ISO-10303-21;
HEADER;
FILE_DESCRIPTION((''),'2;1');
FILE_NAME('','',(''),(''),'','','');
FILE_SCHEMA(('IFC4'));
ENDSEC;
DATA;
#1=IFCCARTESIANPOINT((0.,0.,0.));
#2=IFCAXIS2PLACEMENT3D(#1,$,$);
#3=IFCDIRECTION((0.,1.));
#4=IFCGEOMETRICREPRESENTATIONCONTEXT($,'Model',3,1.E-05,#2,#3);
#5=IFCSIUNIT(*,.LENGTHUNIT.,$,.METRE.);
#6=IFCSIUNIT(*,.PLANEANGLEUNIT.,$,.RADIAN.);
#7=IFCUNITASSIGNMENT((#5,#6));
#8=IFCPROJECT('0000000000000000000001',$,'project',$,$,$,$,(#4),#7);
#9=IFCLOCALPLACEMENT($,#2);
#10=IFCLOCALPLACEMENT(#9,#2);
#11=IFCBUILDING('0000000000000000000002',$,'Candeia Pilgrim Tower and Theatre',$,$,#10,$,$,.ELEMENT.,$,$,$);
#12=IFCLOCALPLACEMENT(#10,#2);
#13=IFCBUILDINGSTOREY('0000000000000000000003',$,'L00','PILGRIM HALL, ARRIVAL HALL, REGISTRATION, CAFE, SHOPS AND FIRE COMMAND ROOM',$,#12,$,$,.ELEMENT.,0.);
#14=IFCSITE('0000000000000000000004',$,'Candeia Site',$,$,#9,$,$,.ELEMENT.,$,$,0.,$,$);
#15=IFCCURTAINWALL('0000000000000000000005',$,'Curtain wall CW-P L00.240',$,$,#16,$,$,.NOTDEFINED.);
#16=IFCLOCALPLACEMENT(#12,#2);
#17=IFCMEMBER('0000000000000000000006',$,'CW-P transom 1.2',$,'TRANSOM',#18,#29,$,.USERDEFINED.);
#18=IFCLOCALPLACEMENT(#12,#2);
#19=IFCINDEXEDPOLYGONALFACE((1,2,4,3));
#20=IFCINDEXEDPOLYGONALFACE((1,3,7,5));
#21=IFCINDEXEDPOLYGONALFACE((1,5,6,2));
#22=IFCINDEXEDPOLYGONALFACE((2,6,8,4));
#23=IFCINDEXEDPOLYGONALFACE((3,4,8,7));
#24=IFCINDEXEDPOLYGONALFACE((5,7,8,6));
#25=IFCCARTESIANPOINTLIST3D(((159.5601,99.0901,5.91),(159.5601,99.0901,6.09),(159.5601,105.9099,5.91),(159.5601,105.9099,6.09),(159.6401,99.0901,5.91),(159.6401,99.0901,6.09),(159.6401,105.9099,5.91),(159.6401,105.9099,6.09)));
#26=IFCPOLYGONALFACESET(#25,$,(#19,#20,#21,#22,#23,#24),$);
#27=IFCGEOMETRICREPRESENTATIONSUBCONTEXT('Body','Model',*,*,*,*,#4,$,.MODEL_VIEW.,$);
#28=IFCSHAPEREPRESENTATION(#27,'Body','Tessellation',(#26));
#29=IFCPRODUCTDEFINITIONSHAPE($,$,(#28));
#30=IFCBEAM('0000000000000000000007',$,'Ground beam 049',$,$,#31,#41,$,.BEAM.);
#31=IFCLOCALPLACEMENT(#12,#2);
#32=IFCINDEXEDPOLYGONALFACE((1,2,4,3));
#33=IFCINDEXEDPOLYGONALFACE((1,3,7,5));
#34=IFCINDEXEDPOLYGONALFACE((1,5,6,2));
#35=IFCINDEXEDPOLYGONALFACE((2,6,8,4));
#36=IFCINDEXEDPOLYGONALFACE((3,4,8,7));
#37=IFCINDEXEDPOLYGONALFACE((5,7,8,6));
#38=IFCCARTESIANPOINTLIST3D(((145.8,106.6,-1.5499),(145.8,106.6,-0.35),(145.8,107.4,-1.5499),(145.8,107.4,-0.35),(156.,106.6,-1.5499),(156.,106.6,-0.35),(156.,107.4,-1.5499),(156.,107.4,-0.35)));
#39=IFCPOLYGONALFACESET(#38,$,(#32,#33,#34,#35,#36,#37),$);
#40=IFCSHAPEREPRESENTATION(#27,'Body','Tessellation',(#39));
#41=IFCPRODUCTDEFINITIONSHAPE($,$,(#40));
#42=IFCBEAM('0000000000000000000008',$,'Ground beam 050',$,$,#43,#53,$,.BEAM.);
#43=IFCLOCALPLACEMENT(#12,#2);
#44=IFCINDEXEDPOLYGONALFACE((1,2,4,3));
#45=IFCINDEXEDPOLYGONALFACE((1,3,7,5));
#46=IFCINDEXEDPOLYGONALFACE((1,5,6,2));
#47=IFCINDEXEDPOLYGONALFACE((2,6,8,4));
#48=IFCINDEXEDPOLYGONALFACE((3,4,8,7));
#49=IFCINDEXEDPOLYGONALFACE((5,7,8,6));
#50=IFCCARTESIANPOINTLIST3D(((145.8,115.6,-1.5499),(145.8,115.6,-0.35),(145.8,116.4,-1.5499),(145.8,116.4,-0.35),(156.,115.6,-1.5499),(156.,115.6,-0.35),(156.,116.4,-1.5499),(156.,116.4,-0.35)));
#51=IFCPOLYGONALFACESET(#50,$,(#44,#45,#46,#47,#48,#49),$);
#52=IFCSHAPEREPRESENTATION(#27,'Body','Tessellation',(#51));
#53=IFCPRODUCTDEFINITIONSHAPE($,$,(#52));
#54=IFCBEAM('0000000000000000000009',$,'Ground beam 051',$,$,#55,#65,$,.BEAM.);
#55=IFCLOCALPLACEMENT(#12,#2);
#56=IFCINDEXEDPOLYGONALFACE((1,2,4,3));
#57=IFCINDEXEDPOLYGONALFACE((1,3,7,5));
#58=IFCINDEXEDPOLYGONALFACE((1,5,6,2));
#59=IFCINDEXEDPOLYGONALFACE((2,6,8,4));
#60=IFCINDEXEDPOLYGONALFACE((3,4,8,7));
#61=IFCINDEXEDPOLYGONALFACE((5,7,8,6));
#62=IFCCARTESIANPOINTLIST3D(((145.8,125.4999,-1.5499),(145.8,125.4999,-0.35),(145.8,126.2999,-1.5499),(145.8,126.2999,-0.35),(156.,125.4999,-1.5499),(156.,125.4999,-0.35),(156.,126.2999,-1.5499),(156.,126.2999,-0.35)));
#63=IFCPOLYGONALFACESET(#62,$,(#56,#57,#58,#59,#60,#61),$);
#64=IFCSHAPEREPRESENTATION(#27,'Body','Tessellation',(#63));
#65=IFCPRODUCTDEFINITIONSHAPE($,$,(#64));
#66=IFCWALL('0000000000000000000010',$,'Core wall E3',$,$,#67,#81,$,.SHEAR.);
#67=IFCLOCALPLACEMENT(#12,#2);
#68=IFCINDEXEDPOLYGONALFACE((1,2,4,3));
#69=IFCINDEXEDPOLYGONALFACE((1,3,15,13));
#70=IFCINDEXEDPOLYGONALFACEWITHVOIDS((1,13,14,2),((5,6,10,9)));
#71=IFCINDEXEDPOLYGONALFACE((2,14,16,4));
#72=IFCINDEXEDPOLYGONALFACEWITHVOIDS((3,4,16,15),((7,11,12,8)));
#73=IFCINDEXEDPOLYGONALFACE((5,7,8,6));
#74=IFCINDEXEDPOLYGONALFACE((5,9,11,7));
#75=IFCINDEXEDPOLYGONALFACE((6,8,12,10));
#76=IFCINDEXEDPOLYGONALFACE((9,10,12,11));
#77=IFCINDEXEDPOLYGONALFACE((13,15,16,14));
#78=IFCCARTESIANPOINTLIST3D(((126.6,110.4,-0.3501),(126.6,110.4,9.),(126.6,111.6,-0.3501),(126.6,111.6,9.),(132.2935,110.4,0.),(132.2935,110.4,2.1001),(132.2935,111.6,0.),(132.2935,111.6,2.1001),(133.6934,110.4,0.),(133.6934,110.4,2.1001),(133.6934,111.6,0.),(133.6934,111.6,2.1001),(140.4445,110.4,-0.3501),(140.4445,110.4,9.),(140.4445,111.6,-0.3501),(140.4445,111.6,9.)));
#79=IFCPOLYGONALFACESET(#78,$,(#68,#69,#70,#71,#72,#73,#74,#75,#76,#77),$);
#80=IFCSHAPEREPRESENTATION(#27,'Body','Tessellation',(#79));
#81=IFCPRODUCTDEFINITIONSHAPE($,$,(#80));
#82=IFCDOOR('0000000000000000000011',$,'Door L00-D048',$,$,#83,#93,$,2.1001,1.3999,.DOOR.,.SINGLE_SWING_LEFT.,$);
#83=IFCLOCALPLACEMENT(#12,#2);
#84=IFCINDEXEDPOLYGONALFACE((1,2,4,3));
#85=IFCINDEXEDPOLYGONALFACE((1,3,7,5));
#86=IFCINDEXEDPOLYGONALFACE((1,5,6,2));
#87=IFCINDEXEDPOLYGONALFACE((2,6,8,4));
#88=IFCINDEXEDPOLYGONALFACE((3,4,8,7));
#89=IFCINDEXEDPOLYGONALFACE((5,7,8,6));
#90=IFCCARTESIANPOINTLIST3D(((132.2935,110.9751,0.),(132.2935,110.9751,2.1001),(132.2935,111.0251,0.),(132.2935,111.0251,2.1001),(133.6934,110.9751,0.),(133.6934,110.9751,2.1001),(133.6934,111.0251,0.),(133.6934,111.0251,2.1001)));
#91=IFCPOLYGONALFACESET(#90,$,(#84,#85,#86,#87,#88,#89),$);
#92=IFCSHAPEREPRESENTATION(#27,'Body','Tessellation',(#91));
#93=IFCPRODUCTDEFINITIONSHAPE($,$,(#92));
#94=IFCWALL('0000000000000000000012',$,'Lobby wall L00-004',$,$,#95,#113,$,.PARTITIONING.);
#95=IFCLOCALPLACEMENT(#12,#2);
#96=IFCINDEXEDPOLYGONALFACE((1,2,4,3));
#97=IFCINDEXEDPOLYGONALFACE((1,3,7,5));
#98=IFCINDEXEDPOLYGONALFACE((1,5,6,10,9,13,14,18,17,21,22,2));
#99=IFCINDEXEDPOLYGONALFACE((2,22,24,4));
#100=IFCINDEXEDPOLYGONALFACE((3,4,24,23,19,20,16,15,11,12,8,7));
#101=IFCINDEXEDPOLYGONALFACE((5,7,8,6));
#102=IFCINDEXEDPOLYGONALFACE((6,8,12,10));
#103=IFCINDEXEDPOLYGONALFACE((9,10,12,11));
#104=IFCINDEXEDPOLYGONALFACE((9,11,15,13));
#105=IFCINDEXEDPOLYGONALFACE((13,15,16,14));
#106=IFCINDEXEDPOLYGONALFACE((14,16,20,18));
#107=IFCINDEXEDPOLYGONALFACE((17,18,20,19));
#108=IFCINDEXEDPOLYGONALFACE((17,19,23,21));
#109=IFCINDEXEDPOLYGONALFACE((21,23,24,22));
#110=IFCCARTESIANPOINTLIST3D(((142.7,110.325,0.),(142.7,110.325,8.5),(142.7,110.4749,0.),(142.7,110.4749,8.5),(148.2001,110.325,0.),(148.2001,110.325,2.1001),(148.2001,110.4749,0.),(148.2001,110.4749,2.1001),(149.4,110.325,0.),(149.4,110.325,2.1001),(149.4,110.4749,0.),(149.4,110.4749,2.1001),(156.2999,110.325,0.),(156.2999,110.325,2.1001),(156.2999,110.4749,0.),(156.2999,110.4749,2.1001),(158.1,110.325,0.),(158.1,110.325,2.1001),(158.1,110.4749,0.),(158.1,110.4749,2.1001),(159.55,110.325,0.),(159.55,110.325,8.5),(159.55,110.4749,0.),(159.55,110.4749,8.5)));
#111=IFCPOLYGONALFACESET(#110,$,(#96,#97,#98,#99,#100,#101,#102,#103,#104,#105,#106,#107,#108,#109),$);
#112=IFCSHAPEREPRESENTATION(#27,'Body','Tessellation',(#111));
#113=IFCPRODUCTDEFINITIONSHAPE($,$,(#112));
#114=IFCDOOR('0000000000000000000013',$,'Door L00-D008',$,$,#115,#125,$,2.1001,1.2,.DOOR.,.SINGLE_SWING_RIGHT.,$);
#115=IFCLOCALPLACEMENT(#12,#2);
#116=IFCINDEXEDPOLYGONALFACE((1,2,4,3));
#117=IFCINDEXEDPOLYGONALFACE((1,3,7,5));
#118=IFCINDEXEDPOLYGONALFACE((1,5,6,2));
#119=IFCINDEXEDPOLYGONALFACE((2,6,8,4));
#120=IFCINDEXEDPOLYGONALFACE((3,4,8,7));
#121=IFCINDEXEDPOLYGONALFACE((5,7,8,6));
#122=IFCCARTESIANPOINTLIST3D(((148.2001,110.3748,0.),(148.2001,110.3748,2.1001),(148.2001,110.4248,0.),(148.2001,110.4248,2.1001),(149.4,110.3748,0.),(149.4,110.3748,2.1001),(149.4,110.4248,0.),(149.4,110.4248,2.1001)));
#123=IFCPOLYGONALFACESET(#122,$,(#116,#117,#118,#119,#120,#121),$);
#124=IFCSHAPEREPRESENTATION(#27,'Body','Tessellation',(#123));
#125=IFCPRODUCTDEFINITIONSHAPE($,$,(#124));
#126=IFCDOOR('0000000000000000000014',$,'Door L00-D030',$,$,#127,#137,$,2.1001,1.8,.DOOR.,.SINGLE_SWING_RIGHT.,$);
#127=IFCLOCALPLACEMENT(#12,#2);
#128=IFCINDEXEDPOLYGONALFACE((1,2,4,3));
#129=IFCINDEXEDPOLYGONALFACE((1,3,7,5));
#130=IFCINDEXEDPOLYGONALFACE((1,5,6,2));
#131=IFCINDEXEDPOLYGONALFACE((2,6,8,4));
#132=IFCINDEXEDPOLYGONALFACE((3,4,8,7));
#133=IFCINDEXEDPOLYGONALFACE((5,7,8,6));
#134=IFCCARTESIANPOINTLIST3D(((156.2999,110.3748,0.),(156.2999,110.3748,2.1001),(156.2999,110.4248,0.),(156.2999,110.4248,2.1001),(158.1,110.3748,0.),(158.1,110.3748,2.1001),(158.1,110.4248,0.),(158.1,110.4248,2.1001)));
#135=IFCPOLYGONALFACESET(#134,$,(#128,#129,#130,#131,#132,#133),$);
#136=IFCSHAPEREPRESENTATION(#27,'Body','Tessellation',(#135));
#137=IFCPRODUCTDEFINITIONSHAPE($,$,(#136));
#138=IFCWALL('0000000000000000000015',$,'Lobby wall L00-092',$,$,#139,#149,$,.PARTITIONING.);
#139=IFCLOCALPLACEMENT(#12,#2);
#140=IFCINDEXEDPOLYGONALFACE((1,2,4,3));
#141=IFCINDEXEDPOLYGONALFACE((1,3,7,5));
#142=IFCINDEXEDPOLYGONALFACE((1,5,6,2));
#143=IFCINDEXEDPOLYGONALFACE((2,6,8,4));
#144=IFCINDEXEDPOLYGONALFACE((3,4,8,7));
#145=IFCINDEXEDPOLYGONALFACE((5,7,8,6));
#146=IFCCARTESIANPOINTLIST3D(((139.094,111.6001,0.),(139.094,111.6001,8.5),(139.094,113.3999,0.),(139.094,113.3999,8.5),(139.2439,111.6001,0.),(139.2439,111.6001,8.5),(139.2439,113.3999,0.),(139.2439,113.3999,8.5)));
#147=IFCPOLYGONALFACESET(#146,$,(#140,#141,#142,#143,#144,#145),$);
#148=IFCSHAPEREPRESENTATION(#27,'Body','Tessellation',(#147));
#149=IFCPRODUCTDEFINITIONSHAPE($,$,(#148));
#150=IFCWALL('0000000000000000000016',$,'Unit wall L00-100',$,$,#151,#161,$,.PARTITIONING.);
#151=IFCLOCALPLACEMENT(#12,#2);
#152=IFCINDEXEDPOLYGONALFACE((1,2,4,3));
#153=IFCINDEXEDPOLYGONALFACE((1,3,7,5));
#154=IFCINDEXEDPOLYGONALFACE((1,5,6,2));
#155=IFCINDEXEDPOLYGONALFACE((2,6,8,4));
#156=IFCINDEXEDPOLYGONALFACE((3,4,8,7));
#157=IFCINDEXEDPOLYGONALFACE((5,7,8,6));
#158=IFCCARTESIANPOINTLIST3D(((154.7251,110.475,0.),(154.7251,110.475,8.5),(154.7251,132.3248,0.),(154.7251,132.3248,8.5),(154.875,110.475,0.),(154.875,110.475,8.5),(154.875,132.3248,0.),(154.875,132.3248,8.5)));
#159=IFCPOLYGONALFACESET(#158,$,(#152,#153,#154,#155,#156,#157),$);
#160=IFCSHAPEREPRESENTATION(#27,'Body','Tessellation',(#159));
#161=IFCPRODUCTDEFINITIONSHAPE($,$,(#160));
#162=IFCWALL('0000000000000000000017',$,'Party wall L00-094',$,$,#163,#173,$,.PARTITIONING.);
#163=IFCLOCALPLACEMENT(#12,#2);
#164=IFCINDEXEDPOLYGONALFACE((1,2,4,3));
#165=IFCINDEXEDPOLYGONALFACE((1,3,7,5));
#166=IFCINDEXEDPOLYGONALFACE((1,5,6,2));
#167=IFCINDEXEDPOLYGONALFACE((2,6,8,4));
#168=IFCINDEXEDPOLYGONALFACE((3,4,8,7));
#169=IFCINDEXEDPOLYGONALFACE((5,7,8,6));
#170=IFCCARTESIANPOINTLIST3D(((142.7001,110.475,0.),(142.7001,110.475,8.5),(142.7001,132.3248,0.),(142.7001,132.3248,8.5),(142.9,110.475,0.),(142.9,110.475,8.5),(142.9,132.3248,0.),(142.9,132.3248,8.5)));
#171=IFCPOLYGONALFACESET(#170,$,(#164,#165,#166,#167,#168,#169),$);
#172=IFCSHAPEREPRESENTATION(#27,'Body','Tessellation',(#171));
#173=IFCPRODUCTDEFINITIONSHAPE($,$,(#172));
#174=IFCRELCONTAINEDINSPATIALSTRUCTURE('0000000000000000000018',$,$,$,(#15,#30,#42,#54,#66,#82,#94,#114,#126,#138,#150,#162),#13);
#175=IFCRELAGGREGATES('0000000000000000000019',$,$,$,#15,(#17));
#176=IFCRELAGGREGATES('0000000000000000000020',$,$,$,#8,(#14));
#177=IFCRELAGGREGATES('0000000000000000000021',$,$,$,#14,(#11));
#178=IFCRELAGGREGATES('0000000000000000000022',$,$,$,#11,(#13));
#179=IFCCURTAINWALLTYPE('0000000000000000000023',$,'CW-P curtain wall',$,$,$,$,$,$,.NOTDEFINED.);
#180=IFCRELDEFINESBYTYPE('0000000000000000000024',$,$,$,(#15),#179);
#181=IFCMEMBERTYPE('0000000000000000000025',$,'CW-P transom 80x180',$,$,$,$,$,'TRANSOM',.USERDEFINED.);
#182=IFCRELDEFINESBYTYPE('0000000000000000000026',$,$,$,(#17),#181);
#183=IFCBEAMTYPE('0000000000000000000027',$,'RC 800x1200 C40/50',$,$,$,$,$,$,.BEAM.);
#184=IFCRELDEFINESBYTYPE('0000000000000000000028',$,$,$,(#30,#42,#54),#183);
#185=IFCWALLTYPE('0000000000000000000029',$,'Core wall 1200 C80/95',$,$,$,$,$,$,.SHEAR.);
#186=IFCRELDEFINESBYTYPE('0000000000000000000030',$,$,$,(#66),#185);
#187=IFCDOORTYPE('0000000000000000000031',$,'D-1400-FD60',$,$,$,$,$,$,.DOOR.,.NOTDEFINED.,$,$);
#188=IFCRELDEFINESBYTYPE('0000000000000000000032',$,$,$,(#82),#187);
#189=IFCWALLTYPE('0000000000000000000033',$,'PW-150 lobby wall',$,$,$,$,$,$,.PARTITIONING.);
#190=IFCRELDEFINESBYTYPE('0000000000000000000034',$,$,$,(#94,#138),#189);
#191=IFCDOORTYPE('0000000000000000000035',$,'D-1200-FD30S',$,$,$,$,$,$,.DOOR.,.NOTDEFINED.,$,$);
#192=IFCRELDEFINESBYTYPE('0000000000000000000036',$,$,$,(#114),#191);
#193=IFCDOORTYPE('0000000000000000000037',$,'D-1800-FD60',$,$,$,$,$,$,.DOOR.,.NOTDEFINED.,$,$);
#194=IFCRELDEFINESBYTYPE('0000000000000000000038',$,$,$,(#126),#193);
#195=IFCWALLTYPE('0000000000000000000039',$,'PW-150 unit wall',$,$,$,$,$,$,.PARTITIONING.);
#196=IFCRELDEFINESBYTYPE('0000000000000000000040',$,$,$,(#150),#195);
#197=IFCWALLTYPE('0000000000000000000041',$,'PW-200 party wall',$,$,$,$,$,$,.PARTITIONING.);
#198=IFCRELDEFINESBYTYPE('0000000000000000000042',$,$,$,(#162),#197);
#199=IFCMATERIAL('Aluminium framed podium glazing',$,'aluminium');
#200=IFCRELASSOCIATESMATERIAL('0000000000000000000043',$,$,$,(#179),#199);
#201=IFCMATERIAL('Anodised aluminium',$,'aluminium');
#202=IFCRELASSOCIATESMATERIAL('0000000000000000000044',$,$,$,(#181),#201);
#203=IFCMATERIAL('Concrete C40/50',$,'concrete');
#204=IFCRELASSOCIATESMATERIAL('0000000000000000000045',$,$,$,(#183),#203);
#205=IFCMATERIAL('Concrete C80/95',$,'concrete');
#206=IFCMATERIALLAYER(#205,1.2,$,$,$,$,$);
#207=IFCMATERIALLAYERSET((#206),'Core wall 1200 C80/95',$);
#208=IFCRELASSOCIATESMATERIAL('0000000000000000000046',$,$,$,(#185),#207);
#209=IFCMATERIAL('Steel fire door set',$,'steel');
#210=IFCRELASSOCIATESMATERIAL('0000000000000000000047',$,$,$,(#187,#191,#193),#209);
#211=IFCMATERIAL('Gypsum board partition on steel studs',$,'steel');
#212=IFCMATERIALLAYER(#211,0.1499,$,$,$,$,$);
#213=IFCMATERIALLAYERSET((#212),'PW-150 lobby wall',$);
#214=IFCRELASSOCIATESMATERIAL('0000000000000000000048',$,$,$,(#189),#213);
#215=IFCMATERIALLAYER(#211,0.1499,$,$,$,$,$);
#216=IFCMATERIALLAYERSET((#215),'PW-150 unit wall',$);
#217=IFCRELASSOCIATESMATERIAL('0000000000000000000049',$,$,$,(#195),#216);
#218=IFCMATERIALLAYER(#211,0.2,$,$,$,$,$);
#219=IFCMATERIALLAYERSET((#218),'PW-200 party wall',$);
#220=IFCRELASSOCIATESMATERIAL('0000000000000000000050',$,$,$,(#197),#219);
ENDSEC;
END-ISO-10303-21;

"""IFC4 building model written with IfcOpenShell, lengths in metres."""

from ifc_helpers import new_model, si_unit, direction, frame, frame_2d, origin, origin_2d, place, context, subcontext, project, spatial, rectangle, extrude, material, layer, layer_set, material_profile, profile_set, type_object, element, fill, aggregate, save


model = new_model("IFC4")

# Units and contexts
model_context = context("Model", 3, precision=1e-05, world=origin(), true_north=direction((0.0, 1.0)))
body_context = subcontext(model_context, "Body", "Model", "MODEL_VIEW")
ifc_project = project(units=[si_unit("LENGTHUNIT", "METRE"), si_unit("PLANEANGLEUNIT", "RADIAN")], contexts=[model_context])

# Site, building, storey
site_placement = place(None, origin())
site = spatial("IfcSite", under=ifc_project, at=site_placement, Name="Candeia Site", CompositionType="ELEMENT", RefElevation=0.0)
building_placement = place(site_placement, origin())
building = spatial("IfcBuilding", under=site, at=building_placement, Name="Candeia Pilgrim Tower and Theatre", CompositionType="ELEMENT")
storey_placement = place(building_placement, origin())
storey = spatial("IfcBuildingStorey", under=building, at=storey_placement, Name="L00", Description="PILGRIM HALL, ARRIVAL HALL, REGISTRATION, CAFE, SHOPS AND FIRE COMMAND ROOM", CompositionType="ELEMENT", Elevation=0.0)

# Shared definitions
ifc_material_1 = material(Name="Concrete C40/50", Category="concrete")

# Shared definitions
ifc_material_2 = material(Name="Concrete C80/95", Category="concrete")

# Curtain wall, member
ifc_material_3 = material(Name="Aluminium framed podium glazing", Category="aluminium")
curtain_wall_type = type_object("IfcCurtainWallType", Name="CW-P curtain wall", PredefinedType="NOTDEFINED", material=ifc_material_3)
curtain_wall_placement = place(storey_placement, origin())
curtain_wall = element("IfcCurtainWall", 1, at=curtain_wall_placement, inside=storey, type_object=curtain_wall_type, Name="Curtain wall CW-P L00.240", PredefinedType="NOTDEFINED")
ifc_material_4 = material(Name="Anodised aluminium", Category="aluminium")
ifc_material_profile_1 = material_profile(ifc_material_4, rectangle(XDim=0.0801, YDim=0.1799, at=origin_2d()))
ifc_profile_set_1 = profile_set([ifc_material_profile_1], Name="Anodised aluminium")
member_type_1 = type_object("IfcMemberType", Name="CW-P transom 80x180", ElementType="TRANSOM", PredefinedType="USERDEFINED", material=ifc_profile_set_1)
member_1_placement = place(storey_placement, frame((159.6001, 105.9099, 6.0), z_axis=(0.0, -1.0, 0.0), x_axis=(1.0, 0.0, 0.0)))
member_1 = element("IfcMember", 2, at=member_1_placement, type_object=member_type_1, Name="CW-P transom 1.2", ObjectType="TRANSOM", PredefinedType="USERDEFINED", context=body_context, shape_type="SweptSolid", body=[
    extrude(rectangle(XDim=0.0801, YDim=0.1799, at=origin_2d()), origin(), (0.0, 0.0, 1.0), 6.8198),
])
aggregate(curtain_wall, [member_1])

# Beams
ifc_material_profile_2 = material_profile(ifc_material_1, rectangle(XDim=0.8, YDim=1.2, at=origin_2d()))
ifc_profile_set_2 = profile_set([ifc_material_profile_2], Name="Concrete C40/50")
beam_type = type_object("IfcBeamType", Name="RC 800x1200 C40/50", PredefinedType="BEAM", material=ifc_profile_set_2)
for number, where, z_axis, x_axis, name in (
    (3, (156.0, 107.0, -0.95), (-1.0, 0.0, 0.0), (0.0, -1.0, 0.0), "Ground beam 049"),
    (4, (156.0, 116.0, -0.95), (-1.0, 0.0, 0.0), (0.0, -1.0, 0.0), "Ground beam 050"),
    (5, (156.0, 125.8999, -0.95), (-1.0, 0.0, 0.0), (0.0, -1.0, 0.0), "Ground beam 051"),
):
    element("IfcBeam", number, at=place(storey_placement, frame(where, z_axis=z_axis, x_axis=x_axis)), inside=storey, type_object=beam_type, Name=name, PredefinedType="BEAM", context=body_context, shape_type="SweptSolid", body=[
        extrude(rectangle(XDim=0.8, YDim=1.2, at=origin_2d()), origin(), (0.0, 0.0, 1.0), 10.2),
    ])

# Wall, opening, door
ifc_layer_1 = layer(ifc_material_2, 1.2)
ifc_layer_set_1 = layer_set([ifc_layer_1], Name="Core wall 1200 C80/95")
wall_type_1 = type_object("IfcWallType", Name="Core wall 1200 C80/95", PredefinedType="SHEAR", material=ifc_layer_set_1)
wall_1_placement = place(storey_placement, frame((140.4446, 111.0, -0.3501), z_axis=(0.0, 0.0, 1.0), x_axis=(-1.0, 0.0, 0.0)))
wall_1 = element("IfcWall", 6, at=wall_1_placement, inside=storey, type_object=wall_type_1, Name="Core wall E3", PredefinedType="SHEAR", context=body_context, shape_type="SweptSolid", body=[
    extrude(rectangle(XDim=13.8445, YDim=1.2, at=frame_2d((6.9224, 0.0))), origin(), (0.0, 0.0, 1.0), 9.3501),
])
opening_1_placement = place(wall_1_placement, frame((6.7512, 0.0, 0.3501)))
opening_1 = element("IfcOpeningElement", 7, at=opening_1_placement, cuts=wall_1, PredefinedType="OPENING", context=body_context, shape_type="SweptSolid", body=[
    extrude(rectangle(XDim=1.3999, YDim=2.1001, at=frame_2d((0.7, 1.05))), frame((0.0, 0.6099, 0.0), z_axis=(0.0, -1.0, 0.0), x_axis=(1.0, 0.0, 0.0)), (0.0, 0.0, 1.0), 1.22),
])
ifc_material_5 = material(Name="Steel fire door set", Category="steel")
door_type_1 = type_object("IfcDoorType", Name="D-1400-FD60", OperationType="NOTDEFINED", PredefinedType="DOOR", material=ifc_material_5)
door_1_placement = place(opening_1_placement, origin())
door_1 = element("IfcDoor", 8, at=door_1_placement, inside=storey, type_object=door_type_1, Name="Door L00-D048", OperationType="SINGLE_SWING_LEFT", OverallHeight=2.1001, OverallWidth=1.3999, PredefinedType="DOOR", context=body_context, shape_type="SweptSolid", body=[
    extrude(rectangle(XDim=1.3999, YDim=2.1001, at=frame_2d((0.7, 1.05))), frame((0.0, 0.0249, 0.0), z_axis=(0.0, -1.0, 0.0), x_axis=(1.0, 0.0, 0.0)), (0.0, 0.0, 1.0), 0.05),
])
fill(opening_1, door_1)

# Wall, openings, doors
ifc_material_6 = material(Name="Gypsum board partition on steel studs", Category="steel")
ifc_layer_2 = layer(ifc_material_6, 0.1499)
ifc_layer_set_2 = layer_set([ifc_layer_2], Name="PW-150 lobby wall")
wall_type_2 = type_object("IfcWallType", Name="PW-150 lobby wall", PredefinedType="PARTITIONING", material=ifc_layer_set_2)
wall_2_placement = place(storey_placement, frame((142.7, 110.3999, 0.0), z_axis=(0.0, 0.0, 1.0), x_axis=(1.0, 0.0, 0.0)))
wall_2 = element("IfcWall", 9, at=wall_2_placement, inside=storey, type_object=wall_type_2, Name="Lobby wall L00-004", PredefinedType="PARTITIONING", context=body_context, shape_type="SweptSolid", body=[
    extrude(rectangle(XDim=16.8501, YDim=0.1499, at=frame_2d((8.425, 0.0))), origin(), (0.0, 0.0, 1.0), 8.5),
])
opening_2_placement = place(wall_2_placement, frame((5.5, 0.0, 0.0)))
opening_2 = element("IfcOpeningElement", 10, at=opening_2_placement, cuts=wall_2, PredefinedType="OPENING", context=body_context, shape_type="SweptSolid", body=[
    extrude(rectangle(XDim=1.2, YDim=2.1001, at=frame_2d((0.6001, 1.05))), frame((0.0, 0.085, 0.0), z_axis=(0.0, -1.0, 0.0), x_axis=(1.0, 0.0, 0.0)), (0.0, 0.0, 1.0), 0.1699),
])
opening_3_placement = place(wall_2_placement, frame((13.6001, 0.0, 0.0)))
opening_3 = element("IfcOpeningElement", 11, at=opening_3_placement, cuts=wall_2, PredefinedType="OPENING", context=body_context, shape_type="SweptSolid", body=[
    extrude(rectangle(XDim=1.8, YDim=2.1001, at=frame_2d((0.8999, 1.05))), frame((0.0, 0.085, 0.0), z_axis=(0.0, -1.0, 0.0), x_axis=(1.0, 0.0, 0.0)), (0.0, 0.0, 1.0), 0.1699),
])
door_type_2 = type_object("IfcDoorType", Name="D-1200-FD30S", OperationType="NOTDEFINED", PredefinedType="DOOR", material=ifc_material_5)
door_2_placement = place(opening_2_placement, origin())
door_2 = element("IfcDoor", 12, at=door_2_placement, inside=storey, type_object=door_type_2, Name="Door L00-D008", OperationType="SINGLE_SWING_RIGHT", OverallHeight=2.1001, OverallWidth=1.2, PredefinedType="DOOR", context=body_context, shape_type="SweptSolid", body=[
    extrude(rectangle(XDim=1.2, YDim=2.1001, at=frame_2d((0.6001, 1.05))), frame((0.0, 0.0249, 0.0), z_axis=(0.0, -1.0, 0.0), x_axis=(1.0, 0.0, 0.0)), (0.0, 0.0, 1.0), 0.05),
])
fill(opening_2, door_2)
door_type_3 = type_object("IfcDoorType", Name="D-1800-FD60", OperationType="NOTDEFINED", PredefinedType="DOOR", material=ifc_material_5)
door_3_placement = place(opening_3_placement, origin())
door_3 = element("IfcDoor", 13, at=door_3_placement, inside=storey, type_object=door_type_3, Name="Door L00-D030", OperationType="SINGLE_SWING_RIGHT", OverallHeight=2.1001, OverallWidth=1.8, PredefinedType="DOOR", context=body_context, shape_type="SweptSolid", body=[
    extrude(rectangle(XDim=1.8, YDim=2.1001, at=frame_2d((0.8999, 1.05))), frame((0.0, 0.0249, 0.0), z_axis=(0.0, -1.0, 0.0), x_axis=(1.0, 0.0, 0.0)), (0.0, 0.0, 1.0), 0.05),
])
fill(opening_3, door_3)

# Walls
wall_3_placement = place(storey_placement, frame((139.1689, 111.6001, 0.0), z_axis=(0.0, 0.0, 1.0), x_axis=(0.0, 1.0, 0.0)))
element("IfcWall", 14, at=wall_3_placement, inside=storey, type_object=wall_type_2, Name="Lobby wall L00-092", PredefinedType="PARTITIONING", context=body_context, shape_type="SweptSolid", body=[
    extrude(rectangle(XDim=1.7998, YDim=0.1499, at=frame_2d((0.8999, 0.0))), origin(), (0.0, 0.0, 1.0), 8.5),
])
ifc_layer_3 = layer(ifc_material_6, 0.1499)
ifc_layer_set_3 = layer_set([ifc_layer_3], Name="PW-150 unit wall")
wall_type_3 = type_object("IfcWallType", Name="PW-150 unit wall", PredefinedType="PARTITIONING", material=ifc_layer_set_3)
wall_4_placement = place(storey_placement, frame((154.8, 110.4751, 0.0), z_axis=(0.0, 0.0, 1.0), x_axis=(0.0, 1.0, 0.0)))
element("IfcWall", 15, at=wall_4_placement, inside=storey, type_object=wall_type_3, Name="Unit wall L00-100", PredefinedType="PARTITIONING", context=body_context, shape_type="SweptSolid", body=[
    extrude(rectangle(XDim=21.8499, YDim=0.1499, at=frame_2d((10.9248, 0.0))), origin(), (0.0, 0.0, 1.0), 8.5),
])
ifc_layer_4 = layer(ifc_material_6, 0.2)
ifc_layer_set_4 = layer_set([ifc_layer_4], Name="PW-200 party wall")
wall_type_4 = type_object("IfcWallType", Name="PW-200 party wall", PredefinedType="PARTITIONING", material=ifc_layer_set_4)
wall_5_placement = place(storey_placement, frame((142.8, 110.4751, 0.0), z_axis=(0.0, 0.0, 1.0), x_axis=(0.0, 1.0, 0.0)))
element("IfcWall", 16, at=wall_5_placement, inside=storey, type_object=wall_type_4, Name="Party wall L00-094", PredefinedType="PARTITIONING", context=body_context, shape_type="SweptSolid", body=[
    extrude(rectangle(XDim=21.8499, YDim=0.2, at=frame_2d((10.9248, 0.0))), origin(), (0.0, 0.0, 1.0), 8.5),
])

save(model, "model.ifc")
